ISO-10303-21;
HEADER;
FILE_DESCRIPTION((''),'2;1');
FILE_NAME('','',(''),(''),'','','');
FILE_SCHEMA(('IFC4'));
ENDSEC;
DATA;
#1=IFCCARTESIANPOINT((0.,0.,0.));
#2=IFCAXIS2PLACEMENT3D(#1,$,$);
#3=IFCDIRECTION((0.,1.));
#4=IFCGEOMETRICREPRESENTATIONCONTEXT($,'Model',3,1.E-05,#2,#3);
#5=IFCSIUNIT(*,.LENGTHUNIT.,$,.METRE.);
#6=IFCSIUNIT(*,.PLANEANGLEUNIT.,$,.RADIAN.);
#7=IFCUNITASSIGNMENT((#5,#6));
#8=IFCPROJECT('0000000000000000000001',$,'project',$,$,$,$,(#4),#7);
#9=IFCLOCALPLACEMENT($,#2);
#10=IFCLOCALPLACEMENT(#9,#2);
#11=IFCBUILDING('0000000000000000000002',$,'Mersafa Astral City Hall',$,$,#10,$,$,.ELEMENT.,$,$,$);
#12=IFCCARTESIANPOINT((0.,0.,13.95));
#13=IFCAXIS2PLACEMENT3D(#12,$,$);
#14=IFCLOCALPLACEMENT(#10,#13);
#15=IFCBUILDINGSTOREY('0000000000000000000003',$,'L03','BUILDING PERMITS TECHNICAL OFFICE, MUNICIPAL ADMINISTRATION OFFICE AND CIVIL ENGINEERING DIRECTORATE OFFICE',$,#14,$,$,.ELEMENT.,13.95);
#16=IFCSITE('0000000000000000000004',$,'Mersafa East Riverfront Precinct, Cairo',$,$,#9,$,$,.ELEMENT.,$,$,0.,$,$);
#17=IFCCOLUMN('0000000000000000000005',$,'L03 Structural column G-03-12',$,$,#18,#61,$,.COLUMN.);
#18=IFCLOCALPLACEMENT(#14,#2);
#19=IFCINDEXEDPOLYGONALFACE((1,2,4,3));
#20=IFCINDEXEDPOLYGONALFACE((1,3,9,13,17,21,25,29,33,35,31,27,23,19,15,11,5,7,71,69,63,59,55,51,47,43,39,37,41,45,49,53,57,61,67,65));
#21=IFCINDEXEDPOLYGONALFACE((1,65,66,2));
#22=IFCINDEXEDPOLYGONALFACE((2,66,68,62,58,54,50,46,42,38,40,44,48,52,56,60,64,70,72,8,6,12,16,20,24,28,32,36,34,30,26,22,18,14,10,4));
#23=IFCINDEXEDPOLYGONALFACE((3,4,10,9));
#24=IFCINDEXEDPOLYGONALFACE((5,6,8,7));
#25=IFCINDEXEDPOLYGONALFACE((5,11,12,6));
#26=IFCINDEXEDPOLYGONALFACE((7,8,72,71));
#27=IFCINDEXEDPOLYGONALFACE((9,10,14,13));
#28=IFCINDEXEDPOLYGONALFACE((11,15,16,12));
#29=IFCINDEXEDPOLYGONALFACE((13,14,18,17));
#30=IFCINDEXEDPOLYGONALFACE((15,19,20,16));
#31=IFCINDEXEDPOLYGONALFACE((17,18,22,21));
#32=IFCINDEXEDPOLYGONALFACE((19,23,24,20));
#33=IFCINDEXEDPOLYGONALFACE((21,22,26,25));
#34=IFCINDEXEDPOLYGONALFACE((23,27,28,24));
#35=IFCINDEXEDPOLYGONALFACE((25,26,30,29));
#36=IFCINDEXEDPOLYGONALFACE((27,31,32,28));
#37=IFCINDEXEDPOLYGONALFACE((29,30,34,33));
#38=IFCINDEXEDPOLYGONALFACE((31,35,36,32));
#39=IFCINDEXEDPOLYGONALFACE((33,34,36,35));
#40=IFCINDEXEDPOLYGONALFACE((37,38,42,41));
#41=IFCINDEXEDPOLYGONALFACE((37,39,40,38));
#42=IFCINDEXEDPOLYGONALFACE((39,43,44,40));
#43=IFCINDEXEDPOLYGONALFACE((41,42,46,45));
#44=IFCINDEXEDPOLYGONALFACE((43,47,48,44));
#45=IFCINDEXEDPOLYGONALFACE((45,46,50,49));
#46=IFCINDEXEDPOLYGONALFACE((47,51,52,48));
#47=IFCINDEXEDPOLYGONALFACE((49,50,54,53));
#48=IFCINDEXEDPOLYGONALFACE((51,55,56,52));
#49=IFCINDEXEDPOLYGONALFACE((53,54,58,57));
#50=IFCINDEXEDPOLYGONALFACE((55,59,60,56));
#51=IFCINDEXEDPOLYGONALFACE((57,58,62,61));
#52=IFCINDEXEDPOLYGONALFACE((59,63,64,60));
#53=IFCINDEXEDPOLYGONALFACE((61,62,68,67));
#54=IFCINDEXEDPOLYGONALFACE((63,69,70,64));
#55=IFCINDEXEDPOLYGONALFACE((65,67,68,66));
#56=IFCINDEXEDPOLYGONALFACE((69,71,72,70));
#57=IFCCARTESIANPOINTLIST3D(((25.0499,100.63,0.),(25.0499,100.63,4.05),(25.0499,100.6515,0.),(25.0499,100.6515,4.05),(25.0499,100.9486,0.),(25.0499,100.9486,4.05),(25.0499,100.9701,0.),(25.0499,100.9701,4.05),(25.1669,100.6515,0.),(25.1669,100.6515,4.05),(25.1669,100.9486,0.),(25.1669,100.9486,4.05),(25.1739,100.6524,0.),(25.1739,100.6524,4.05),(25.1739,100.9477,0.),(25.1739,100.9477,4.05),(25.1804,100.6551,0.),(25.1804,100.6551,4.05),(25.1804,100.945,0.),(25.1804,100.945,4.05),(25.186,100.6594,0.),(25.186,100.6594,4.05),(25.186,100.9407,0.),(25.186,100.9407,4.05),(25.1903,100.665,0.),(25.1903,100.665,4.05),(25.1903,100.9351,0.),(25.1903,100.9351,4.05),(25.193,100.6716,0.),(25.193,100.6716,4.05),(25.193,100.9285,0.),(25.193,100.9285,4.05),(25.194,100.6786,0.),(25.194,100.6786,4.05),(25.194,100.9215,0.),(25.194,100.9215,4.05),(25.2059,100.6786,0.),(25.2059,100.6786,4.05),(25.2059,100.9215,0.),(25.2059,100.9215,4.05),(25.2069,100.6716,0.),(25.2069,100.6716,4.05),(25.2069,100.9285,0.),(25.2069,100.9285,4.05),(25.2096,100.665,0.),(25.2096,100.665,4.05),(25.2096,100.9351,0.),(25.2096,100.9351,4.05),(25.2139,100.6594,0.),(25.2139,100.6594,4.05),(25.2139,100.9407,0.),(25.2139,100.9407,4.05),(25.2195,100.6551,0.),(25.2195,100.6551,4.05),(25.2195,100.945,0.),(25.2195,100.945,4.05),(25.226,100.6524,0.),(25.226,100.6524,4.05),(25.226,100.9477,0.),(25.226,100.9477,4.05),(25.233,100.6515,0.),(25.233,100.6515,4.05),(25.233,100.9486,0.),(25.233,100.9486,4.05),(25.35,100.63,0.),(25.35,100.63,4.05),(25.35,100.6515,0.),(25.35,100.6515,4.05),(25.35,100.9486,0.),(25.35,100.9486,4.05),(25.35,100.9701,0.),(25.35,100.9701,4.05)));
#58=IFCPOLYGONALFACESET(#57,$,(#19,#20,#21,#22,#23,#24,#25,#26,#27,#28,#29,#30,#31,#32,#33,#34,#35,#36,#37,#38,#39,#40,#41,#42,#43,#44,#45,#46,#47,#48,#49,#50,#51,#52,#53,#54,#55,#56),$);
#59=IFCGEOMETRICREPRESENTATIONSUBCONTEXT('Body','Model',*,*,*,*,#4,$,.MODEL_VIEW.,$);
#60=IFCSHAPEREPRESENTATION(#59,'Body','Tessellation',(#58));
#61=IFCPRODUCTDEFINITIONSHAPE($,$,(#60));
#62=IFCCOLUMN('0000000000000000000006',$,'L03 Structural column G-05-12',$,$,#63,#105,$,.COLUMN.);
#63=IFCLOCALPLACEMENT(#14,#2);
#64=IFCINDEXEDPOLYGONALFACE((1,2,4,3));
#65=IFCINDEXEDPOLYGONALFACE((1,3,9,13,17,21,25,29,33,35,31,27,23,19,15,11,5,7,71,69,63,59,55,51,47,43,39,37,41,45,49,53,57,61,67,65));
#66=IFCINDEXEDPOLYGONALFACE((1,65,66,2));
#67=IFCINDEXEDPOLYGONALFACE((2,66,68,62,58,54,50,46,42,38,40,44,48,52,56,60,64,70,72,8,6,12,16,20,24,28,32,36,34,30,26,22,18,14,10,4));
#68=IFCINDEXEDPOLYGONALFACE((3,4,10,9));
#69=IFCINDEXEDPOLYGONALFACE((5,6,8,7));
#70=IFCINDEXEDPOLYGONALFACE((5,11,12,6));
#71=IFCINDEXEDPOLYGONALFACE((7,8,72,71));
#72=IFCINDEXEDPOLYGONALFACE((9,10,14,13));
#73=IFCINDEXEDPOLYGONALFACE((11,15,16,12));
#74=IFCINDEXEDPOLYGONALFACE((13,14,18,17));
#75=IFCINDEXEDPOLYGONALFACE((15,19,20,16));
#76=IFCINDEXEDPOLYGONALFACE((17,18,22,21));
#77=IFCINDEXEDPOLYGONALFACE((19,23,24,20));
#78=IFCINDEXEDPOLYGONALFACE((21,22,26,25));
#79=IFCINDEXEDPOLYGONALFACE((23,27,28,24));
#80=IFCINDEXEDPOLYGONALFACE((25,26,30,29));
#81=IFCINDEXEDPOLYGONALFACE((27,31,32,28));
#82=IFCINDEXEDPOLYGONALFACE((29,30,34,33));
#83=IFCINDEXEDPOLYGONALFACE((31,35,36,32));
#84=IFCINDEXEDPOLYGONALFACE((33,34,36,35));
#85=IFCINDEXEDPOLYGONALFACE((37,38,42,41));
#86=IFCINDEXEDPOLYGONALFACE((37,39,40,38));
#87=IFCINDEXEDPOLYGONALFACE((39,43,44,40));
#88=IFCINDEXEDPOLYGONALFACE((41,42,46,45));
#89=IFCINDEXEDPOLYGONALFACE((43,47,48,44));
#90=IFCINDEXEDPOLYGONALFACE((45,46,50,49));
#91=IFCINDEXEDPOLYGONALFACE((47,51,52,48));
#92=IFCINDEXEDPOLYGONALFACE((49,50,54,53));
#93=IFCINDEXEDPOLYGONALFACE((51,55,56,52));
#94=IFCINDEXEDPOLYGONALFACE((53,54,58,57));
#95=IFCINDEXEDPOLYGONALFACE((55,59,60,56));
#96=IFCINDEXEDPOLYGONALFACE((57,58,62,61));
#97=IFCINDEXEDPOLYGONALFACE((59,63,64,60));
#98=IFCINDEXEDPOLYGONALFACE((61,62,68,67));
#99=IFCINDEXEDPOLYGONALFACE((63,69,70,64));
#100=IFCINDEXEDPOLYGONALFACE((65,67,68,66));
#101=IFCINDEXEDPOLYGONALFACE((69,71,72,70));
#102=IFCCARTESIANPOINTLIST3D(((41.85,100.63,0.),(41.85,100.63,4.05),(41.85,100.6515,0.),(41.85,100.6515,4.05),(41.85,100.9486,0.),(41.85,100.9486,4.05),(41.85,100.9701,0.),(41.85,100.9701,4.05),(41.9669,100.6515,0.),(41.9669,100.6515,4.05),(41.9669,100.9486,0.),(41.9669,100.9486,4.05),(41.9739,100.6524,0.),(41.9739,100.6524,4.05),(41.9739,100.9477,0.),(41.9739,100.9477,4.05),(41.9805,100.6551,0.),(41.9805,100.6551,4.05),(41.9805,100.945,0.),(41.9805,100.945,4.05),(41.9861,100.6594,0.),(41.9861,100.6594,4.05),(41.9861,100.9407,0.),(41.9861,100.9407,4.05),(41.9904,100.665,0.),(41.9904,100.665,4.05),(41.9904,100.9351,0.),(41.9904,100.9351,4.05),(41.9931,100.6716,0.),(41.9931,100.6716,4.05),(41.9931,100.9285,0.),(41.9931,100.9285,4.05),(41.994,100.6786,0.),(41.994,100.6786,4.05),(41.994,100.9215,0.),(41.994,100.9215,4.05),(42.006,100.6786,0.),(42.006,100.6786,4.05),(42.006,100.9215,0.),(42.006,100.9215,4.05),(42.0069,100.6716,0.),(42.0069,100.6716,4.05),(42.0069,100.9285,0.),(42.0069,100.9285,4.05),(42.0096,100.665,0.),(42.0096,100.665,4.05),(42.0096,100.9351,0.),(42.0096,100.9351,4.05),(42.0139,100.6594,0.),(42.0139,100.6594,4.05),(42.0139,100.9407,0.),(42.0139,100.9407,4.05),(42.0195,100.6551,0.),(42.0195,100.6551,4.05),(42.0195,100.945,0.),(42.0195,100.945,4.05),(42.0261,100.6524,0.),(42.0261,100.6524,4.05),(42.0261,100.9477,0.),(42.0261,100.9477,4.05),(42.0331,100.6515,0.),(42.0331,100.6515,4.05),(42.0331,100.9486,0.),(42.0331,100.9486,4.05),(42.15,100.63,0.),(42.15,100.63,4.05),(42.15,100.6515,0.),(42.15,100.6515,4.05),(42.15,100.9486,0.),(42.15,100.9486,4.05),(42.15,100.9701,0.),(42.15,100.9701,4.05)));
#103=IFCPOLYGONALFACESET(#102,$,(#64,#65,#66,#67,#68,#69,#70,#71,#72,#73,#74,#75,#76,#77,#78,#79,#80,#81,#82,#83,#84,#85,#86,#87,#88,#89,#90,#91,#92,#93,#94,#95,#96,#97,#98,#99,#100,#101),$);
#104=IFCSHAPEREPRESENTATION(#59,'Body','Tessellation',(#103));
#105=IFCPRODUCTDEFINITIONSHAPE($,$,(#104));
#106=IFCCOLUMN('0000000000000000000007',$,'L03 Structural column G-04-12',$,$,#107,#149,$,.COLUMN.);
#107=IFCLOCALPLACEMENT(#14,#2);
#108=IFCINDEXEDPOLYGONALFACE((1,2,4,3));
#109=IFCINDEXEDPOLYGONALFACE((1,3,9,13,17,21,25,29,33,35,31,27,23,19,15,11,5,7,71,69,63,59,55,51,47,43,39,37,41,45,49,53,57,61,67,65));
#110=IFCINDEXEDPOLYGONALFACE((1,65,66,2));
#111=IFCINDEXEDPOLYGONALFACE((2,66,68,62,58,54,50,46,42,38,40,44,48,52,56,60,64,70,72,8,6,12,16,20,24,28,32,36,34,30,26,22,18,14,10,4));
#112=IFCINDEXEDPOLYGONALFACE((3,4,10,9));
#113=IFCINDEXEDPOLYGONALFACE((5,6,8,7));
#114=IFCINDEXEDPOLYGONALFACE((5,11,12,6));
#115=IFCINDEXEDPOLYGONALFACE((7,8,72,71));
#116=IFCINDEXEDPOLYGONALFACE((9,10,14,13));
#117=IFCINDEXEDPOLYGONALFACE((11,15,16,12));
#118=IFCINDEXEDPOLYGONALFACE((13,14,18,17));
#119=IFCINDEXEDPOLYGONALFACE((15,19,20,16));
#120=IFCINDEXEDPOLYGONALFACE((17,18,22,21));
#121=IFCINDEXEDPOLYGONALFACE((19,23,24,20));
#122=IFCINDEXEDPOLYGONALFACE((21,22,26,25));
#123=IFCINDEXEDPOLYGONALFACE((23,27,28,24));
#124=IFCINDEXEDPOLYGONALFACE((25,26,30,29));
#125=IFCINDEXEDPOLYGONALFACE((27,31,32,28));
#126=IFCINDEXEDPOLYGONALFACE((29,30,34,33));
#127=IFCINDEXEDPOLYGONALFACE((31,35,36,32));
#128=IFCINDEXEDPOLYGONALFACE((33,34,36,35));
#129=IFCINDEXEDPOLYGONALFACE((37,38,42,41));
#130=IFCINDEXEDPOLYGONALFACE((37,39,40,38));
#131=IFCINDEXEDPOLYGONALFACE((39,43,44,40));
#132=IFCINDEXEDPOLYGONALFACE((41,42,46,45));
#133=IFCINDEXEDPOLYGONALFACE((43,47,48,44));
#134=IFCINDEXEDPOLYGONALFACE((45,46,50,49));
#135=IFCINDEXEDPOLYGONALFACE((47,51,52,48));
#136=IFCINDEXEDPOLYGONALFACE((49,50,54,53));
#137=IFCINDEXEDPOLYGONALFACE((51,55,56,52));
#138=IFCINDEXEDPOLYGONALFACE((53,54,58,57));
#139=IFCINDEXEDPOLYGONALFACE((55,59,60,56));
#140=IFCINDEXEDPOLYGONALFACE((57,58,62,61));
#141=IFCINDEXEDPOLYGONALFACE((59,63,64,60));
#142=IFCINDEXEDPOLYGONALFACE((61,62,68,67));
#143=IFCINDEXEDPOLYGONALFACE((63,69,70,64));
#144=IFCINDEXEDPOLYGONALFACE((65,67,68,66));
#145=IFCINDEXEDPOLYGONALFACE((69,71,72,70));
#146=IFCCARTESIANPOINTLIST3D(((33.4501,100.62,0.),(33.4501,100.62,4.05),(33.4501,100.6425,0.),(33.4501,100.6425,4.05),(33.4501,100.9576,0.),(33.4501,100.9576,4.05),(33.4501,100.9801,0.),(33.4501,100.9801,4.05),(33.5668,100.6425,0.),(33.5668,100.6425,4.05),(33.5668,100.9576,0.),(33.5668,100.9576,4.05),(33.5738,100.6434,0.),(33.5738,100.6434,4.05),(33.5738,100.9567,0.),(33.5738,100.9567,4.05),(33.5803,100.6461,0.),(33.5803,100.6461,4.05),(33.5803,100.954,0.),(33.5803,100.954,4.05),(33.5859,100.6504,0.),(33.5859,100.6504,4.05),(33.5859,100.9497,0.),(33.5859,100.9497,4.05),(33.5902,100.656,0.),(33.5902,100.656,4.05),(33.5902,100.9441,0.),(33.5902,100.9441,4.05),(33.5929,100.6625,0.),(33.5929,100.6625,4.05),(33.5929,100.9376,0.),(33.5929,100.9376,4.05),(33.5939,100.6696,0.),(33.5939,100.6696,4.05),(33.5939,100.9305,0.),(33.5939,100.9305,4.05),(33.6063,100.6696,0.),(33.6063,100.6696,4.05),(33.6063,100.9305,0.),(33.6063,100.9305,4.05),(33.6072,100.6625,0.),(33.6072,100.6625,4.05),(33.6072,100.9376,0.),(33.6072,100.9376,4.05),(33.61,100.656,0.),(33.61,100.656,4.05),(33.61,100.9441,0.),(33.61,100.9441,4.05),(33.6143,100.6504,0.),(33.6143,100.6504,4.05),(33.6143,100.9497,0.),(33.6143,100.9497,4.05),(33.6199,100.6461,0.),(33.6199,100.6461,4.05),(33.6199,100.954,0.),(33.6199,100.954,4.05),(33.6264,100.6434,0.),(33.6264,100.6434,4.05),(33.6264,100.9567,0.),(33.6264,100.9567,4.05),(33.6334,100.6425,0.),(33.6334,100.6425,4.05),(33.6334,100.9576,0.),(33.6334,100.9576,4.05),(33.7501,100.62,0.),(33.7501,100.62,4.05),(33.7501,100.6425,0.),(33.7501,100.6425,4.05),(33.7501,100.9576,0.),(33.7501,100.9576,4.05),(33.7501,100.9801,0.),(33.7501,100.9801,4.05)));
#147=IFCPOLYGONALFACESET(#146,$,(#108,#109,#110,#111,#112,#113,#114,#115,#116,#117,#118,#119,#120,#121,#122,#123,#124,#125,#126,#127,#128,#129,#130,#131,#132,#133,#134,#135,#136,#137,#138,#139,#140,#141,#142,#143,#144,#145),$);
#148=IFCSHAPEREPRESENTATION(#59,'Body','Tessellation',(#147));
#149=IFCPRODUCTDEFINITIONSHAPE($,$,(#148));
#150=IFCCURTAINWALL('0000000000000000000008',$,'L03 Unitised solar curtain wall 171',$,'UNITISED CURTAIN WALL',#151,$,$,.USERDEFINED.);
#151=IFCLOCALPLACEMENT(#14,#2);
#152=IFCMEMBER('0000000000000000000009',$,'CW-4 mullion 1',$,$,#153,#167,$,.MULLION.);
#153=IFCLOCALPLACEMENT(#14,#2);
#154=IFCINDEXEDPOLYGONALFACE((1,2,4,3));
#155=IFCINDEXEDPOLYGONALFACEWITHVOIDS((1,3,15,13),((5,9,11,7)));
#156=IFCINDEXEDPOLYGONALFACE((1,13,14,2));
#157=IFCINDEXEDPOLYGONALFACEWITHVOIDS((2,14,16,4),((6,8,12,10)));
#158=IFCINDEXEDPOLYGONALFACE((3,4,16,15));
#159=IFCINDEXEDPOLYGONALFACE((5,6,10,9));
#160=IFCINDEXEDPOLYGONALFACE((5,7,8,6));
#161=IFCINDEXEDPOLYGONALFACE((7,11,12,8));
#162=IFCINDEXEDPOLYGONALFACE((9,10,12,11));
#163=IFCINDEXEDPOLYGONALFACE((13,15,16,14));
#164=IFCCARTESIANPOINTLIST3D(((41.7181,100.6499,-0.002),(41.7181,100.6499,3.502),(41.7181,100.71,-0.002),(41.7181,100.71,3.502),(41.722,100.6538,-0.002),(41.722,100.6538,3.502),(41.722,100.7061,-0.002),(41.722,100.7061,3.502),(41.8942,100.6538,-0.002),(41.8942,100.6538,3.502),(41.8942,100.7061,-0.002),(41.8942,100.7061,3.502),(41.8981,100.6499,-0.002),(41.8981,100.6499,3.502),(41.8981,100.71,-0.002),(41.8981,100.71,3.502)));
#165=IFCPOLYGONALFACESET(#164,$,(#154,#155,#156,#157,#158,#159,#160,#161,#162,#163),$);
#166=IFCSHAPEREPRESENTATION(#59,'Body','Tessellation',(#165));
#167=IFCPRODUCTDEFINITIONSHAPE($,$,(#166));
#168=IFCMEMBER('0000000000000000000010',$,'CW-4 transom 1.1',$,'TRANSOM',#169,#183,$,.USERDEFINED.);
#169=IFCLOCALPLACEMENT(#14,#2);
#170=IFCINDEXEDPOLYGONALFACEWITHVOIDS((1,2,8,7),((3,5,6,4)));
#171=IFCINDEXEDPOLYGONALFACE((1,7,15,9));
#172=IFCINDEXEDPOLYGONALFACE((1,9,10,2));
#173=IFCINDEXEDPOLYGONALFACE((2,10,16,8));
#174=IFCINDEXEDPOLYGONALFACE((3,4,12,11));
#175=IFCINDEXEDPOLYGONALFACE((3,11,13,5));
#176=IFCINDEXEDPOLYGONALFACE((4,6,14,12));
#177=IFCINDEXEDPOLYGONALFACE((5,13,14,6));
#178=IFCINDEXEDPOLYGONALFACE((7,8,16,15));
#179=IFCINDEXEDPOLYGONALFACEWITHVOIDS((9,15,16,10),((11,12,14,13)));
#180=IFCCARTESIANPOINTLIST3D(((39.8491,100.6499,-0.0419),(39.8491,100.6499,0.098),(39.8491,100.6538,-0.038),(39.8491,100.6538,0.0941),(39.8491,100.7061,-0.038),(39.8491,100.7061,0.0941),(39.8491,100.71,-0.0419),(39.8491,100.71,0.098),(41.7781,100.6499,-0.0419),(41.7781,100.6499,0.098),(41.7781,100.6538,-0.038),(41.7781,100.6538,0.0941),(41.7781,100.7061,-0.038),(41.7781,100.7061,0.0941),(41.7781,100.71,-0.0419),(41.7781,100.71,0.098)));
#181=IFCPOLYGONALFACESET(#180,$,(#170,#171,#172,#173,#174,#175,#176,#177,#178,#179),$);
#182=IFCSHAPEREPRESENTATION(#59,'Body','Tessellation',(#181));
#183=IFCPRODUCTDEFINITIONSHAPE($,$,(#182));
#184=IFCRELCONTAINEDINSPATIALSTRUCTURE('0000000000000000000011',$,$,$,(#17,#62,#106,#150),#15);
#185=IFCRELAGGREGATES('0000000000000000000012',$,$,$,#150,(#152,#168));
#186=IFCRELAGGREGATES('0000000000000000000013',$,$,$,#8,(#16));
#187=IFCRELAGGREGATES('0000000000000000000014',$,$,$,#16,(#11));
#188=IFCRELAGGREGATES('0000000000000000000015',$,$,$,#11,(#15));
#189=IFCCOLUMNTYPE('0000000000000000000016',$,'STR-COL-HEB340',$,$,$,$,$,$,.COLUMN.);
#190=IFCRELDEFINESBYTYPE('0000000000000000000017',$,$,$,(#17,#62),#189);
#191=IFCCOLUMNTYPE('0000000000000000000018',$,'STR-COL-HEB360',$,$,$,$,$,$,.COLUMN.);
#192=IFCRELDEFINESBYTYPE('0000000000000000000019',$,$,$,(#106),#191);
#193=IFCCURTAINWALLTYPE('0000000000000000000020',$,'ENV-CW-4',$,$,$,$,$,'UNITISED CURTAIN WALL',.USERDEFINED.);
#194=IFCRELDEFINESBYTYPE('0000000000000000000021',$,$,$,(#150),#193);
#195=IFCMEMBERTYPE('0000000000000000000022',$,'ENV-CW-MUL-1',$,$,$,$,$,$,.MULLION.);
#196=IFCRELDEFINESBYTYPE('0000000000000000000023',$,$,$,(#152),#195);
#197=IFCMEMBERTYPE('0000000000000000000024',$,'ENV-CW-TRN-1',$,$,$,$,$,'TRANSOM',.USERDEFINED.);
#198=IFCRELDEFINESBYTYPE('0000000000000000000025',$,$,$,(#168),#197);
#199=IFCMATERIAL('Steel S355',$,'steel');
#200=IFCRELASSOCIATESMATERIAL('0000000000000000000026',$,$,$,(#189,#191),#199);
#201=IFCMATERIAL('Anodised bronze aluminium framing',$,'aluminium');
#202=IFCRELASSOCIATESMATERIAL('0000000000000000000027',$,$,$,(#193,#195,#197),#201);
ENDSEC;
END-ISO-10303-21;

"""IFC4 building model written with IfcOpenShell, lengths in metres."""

from ifc_helpers import new_model, si_unit, direction, frame, origin, origin_2d, place, context, subcontext, project, spatial, hollow_rectangle, i_section, extrude, material, material_profile, profile_set, type_object, element, aggregate, save


model = new_model("IFC4")

# Units and contexts
model_context = context("Model", 3, precision=1e-05, world=origin(), true_north=direction((0.0, 1.0)))
body_context = subcontext(model_context, "Body", "Model", "MODEL_VIEW")
ifc_project = project(units=[si_unit("LENGTHUNIT", "METRE"), si_unit("PLANEANGLEUNIT", "RADIAN")], contexts=[model_context])

# Site, building, storey
site_placement = place(None, origin())
site = spatial("IfcSite", under=ifc_project, at=site_placement, Name="Mersafa East Riverfront Precinct, Cairo", CompositionType="ELEMENT", RefElevation=0.0)
building_placement = place(site_placement, origin())
building = spatial("IfcBuilding", under=site, at=building_placement, Name="Mersafa Astral City Hall", CompositionType="ELEMENT")
storey_placement = place(building_placement, frame((0.0, 0.0, 13.95)))
storey = spatial("IfcBuildingStorey", under=building, at=storey_placement, Name="L03", Description="BUILDING PERMITS TECHNICAL OFFICE, MUNICIPAL ADMINISTRATION OFFICE AND CIVIL ENGINEERING DIRECTORATE OFFICE", CompositionType="ELEMENT", Elevation=13.95)

# Columns
ifc_material_1 = material(Name="Steel S355", Category="steel")
ifc_material_profile_1 = material_profile(ifc_material_1, i_section(OverallWidth=0.3, OverallDepth=0.3401, WebThickness=0.012, FlangeThickness=0.0215, FilletRadius=0.0271, at=origin_2d()), Name="HEB 340")
ifc_profile_set_1 = profile_set([ifc_material_profile_1], Name="Steel S355")
column_type_1 = type_object("IfcColumnType", Name="STR-COL-HEB340", PredefinedType="COLUMN", material=ifc_profile_set_1)
for number, where, z_axis, x_axis, name in (
    (1, (25.2, 100.8, 0.0), (0.0, 0.0, 1.0), (1.0, 0.0, 0.0), "L03 Structural column G-03-12"),
    (2, (42.0, 100.8, 0.0), (0.0, 0.0, 1.0), (1.0, 0.0, 0.0), "L03 Structural column G-05-12"),
):
    element("IfcColumn", number, at=place(storey_placement, frame(where, z_axis=z_axis, x_axis=x_axis)), inside=storey, type_object=column_type_1, Name=name, PredefinedType="COLUMN", context=body_context, shape_type="SweptSolid", body=[
        extrude(i_section(OverallWidth=0.3, OverallDepth=0.3401, WebThickness=0.012, FlangeThickness=0.0215, FilletRadius=0.0271, at=origin_2d()), origin(), (0.0, 0.0, 1.0), 4.05),
    ])
ifc_material_profile_2 = material_profile(ifc_material_1, i_section(OverallWidth=0.3, OverallDepth=0.3601, WebThickness=0.0125, FlangeThickness=0.0225, FilletRadius=0.0271, at=origin_2d()), Name="HEB 360")
ifc_profile_set_2 = profile_set([ifc_material_profile_2], Name="Steel S355")
column_type_2 = type_object("IfcColumnType", Name="STR-COL-HEB360", PredefinedType="COLUMN", material=ifc_profile_set_2)
column_placement = place(storey_placement, frame((33.6001, 100.8, 0.0), z_axis=(0.0, 0.0, 1.0), x_axis=(1.0, 0.0, 0.0)))
element("IfcColumn", 3, at=column_placement, inside=storey, type_object=column_type_2, Name="L03 Structural column G-04-12", PredefinedType="COLUMN", context=body_context, shape_type="SweptSolid", body=[
    extrude(i_section(OverallWidth=0.3, OverallDepth=0.3601, WebThickness=0.0125, FlangeThickness=0.0225, FilletRadius=0.0271, at=origin_2d()), origin(), (0.0, 0.0, 1.0), 4.05),
])

# Curtain wall, members
ifc_material_2 = material(Name="Anodised bronze aluminium framing", Category="aluminium")
curtain_wall_type = type_object("IfcCurtainWallType", Name="ENV-CW-4", ElementType="UNITISED CURTAIN WALL", PredefinedType="USERDEFINED", material=ifc_material_2)
curtain_wall_placement = place(storey_placement, origin())
curtain_wall = element("IfcCurtainWall", 4, at=curtain_wall_placement, inside=storey, type_object=curtain_wall_type, Name="L03 Unitised solar curtain wall 171", ObjectType="UNITISED CURTAIN WALL", PredefinedType="USERDEFINED")
ifc_material_profile_3 = material_profile(ifc_material_2, hollow_rectangle(XDim=0.0601, YDim=0.1799, WallThickness=0.0039, at=origin_2d()), Name="RHS 60x180x4")
ifc_profile_set_3 = profile_set([ifc_material_profile_3], Name="Anodised bronze aluminium framing")
member_type_1 = type_object("IfcMemberType", Name="ENV-CW-MUL-1", PredefinedType="MULLION", material=ifc_profile_set_3)
member_1_placement = place(storey_placement, frame((41.8081, 100.6799, -0.002), z_axis=(0.0, 0.0, 1.0), x_axis=(0.0, -1.0, 0.0)))
member_1 = element("IfcMember", 5, at=member_1_placement, type_object=member_type_1, Name="CW-4 mullion 1", PredefinedType="MULLION", context=body_context, shape_type="SweptSolid", body=[
    extrude(hollow_rectangle(XDim=0.0601, YDim=0.1799, WallThickness=0.0039, at=origin_2d()), origin(), (0.0, 0.0, 1.0), 3.5039),
])
ifc_material_profile_4 = material_profile(ifc_material_2, hollow_rectangle(XDim=0.0601, YDim=0.1399, WallThickness=0.0039, at=origin_2d()), Name="RHS 60x140x4")
ifc_profile_set_4 = profile_set([ifc_material_profile_4], Name="Anodised bronze aluminium framing")
member_type_2 = type_object("IfcMemberType", Name="ENV-CW-TRN-1", ElementType="TRANSOM", PredefinedType="USERDEFINED", material=ifc_profile_set_4)
member_2_placement = place(storey_placement, frame((41.7781, 100.6799, 0.0281), z_axis=(-1.0, 0.0, 0.0), x_axis=(0.0, -1.0, 0.0)))
member_2 = element("IfcMember", 6, at=member_2_placement, type_object=member_type_2, Name="CW-4 transom 1.1", ObjectType="TRANSOM", PredefinedType="USERDEFINED", context=body_context, shape_type="SweptSolid", body=[
    extrude(hollow_rectangle(XDim=0.0601, YDim=0.1399, WallThickness=0.0039, at=origin_2d()), origin(), (0.0, 0.0, 1.0), 1.929),
])

aggregate(curtain_wall, [member_1, member_2])

save(model, "model.ifc")
